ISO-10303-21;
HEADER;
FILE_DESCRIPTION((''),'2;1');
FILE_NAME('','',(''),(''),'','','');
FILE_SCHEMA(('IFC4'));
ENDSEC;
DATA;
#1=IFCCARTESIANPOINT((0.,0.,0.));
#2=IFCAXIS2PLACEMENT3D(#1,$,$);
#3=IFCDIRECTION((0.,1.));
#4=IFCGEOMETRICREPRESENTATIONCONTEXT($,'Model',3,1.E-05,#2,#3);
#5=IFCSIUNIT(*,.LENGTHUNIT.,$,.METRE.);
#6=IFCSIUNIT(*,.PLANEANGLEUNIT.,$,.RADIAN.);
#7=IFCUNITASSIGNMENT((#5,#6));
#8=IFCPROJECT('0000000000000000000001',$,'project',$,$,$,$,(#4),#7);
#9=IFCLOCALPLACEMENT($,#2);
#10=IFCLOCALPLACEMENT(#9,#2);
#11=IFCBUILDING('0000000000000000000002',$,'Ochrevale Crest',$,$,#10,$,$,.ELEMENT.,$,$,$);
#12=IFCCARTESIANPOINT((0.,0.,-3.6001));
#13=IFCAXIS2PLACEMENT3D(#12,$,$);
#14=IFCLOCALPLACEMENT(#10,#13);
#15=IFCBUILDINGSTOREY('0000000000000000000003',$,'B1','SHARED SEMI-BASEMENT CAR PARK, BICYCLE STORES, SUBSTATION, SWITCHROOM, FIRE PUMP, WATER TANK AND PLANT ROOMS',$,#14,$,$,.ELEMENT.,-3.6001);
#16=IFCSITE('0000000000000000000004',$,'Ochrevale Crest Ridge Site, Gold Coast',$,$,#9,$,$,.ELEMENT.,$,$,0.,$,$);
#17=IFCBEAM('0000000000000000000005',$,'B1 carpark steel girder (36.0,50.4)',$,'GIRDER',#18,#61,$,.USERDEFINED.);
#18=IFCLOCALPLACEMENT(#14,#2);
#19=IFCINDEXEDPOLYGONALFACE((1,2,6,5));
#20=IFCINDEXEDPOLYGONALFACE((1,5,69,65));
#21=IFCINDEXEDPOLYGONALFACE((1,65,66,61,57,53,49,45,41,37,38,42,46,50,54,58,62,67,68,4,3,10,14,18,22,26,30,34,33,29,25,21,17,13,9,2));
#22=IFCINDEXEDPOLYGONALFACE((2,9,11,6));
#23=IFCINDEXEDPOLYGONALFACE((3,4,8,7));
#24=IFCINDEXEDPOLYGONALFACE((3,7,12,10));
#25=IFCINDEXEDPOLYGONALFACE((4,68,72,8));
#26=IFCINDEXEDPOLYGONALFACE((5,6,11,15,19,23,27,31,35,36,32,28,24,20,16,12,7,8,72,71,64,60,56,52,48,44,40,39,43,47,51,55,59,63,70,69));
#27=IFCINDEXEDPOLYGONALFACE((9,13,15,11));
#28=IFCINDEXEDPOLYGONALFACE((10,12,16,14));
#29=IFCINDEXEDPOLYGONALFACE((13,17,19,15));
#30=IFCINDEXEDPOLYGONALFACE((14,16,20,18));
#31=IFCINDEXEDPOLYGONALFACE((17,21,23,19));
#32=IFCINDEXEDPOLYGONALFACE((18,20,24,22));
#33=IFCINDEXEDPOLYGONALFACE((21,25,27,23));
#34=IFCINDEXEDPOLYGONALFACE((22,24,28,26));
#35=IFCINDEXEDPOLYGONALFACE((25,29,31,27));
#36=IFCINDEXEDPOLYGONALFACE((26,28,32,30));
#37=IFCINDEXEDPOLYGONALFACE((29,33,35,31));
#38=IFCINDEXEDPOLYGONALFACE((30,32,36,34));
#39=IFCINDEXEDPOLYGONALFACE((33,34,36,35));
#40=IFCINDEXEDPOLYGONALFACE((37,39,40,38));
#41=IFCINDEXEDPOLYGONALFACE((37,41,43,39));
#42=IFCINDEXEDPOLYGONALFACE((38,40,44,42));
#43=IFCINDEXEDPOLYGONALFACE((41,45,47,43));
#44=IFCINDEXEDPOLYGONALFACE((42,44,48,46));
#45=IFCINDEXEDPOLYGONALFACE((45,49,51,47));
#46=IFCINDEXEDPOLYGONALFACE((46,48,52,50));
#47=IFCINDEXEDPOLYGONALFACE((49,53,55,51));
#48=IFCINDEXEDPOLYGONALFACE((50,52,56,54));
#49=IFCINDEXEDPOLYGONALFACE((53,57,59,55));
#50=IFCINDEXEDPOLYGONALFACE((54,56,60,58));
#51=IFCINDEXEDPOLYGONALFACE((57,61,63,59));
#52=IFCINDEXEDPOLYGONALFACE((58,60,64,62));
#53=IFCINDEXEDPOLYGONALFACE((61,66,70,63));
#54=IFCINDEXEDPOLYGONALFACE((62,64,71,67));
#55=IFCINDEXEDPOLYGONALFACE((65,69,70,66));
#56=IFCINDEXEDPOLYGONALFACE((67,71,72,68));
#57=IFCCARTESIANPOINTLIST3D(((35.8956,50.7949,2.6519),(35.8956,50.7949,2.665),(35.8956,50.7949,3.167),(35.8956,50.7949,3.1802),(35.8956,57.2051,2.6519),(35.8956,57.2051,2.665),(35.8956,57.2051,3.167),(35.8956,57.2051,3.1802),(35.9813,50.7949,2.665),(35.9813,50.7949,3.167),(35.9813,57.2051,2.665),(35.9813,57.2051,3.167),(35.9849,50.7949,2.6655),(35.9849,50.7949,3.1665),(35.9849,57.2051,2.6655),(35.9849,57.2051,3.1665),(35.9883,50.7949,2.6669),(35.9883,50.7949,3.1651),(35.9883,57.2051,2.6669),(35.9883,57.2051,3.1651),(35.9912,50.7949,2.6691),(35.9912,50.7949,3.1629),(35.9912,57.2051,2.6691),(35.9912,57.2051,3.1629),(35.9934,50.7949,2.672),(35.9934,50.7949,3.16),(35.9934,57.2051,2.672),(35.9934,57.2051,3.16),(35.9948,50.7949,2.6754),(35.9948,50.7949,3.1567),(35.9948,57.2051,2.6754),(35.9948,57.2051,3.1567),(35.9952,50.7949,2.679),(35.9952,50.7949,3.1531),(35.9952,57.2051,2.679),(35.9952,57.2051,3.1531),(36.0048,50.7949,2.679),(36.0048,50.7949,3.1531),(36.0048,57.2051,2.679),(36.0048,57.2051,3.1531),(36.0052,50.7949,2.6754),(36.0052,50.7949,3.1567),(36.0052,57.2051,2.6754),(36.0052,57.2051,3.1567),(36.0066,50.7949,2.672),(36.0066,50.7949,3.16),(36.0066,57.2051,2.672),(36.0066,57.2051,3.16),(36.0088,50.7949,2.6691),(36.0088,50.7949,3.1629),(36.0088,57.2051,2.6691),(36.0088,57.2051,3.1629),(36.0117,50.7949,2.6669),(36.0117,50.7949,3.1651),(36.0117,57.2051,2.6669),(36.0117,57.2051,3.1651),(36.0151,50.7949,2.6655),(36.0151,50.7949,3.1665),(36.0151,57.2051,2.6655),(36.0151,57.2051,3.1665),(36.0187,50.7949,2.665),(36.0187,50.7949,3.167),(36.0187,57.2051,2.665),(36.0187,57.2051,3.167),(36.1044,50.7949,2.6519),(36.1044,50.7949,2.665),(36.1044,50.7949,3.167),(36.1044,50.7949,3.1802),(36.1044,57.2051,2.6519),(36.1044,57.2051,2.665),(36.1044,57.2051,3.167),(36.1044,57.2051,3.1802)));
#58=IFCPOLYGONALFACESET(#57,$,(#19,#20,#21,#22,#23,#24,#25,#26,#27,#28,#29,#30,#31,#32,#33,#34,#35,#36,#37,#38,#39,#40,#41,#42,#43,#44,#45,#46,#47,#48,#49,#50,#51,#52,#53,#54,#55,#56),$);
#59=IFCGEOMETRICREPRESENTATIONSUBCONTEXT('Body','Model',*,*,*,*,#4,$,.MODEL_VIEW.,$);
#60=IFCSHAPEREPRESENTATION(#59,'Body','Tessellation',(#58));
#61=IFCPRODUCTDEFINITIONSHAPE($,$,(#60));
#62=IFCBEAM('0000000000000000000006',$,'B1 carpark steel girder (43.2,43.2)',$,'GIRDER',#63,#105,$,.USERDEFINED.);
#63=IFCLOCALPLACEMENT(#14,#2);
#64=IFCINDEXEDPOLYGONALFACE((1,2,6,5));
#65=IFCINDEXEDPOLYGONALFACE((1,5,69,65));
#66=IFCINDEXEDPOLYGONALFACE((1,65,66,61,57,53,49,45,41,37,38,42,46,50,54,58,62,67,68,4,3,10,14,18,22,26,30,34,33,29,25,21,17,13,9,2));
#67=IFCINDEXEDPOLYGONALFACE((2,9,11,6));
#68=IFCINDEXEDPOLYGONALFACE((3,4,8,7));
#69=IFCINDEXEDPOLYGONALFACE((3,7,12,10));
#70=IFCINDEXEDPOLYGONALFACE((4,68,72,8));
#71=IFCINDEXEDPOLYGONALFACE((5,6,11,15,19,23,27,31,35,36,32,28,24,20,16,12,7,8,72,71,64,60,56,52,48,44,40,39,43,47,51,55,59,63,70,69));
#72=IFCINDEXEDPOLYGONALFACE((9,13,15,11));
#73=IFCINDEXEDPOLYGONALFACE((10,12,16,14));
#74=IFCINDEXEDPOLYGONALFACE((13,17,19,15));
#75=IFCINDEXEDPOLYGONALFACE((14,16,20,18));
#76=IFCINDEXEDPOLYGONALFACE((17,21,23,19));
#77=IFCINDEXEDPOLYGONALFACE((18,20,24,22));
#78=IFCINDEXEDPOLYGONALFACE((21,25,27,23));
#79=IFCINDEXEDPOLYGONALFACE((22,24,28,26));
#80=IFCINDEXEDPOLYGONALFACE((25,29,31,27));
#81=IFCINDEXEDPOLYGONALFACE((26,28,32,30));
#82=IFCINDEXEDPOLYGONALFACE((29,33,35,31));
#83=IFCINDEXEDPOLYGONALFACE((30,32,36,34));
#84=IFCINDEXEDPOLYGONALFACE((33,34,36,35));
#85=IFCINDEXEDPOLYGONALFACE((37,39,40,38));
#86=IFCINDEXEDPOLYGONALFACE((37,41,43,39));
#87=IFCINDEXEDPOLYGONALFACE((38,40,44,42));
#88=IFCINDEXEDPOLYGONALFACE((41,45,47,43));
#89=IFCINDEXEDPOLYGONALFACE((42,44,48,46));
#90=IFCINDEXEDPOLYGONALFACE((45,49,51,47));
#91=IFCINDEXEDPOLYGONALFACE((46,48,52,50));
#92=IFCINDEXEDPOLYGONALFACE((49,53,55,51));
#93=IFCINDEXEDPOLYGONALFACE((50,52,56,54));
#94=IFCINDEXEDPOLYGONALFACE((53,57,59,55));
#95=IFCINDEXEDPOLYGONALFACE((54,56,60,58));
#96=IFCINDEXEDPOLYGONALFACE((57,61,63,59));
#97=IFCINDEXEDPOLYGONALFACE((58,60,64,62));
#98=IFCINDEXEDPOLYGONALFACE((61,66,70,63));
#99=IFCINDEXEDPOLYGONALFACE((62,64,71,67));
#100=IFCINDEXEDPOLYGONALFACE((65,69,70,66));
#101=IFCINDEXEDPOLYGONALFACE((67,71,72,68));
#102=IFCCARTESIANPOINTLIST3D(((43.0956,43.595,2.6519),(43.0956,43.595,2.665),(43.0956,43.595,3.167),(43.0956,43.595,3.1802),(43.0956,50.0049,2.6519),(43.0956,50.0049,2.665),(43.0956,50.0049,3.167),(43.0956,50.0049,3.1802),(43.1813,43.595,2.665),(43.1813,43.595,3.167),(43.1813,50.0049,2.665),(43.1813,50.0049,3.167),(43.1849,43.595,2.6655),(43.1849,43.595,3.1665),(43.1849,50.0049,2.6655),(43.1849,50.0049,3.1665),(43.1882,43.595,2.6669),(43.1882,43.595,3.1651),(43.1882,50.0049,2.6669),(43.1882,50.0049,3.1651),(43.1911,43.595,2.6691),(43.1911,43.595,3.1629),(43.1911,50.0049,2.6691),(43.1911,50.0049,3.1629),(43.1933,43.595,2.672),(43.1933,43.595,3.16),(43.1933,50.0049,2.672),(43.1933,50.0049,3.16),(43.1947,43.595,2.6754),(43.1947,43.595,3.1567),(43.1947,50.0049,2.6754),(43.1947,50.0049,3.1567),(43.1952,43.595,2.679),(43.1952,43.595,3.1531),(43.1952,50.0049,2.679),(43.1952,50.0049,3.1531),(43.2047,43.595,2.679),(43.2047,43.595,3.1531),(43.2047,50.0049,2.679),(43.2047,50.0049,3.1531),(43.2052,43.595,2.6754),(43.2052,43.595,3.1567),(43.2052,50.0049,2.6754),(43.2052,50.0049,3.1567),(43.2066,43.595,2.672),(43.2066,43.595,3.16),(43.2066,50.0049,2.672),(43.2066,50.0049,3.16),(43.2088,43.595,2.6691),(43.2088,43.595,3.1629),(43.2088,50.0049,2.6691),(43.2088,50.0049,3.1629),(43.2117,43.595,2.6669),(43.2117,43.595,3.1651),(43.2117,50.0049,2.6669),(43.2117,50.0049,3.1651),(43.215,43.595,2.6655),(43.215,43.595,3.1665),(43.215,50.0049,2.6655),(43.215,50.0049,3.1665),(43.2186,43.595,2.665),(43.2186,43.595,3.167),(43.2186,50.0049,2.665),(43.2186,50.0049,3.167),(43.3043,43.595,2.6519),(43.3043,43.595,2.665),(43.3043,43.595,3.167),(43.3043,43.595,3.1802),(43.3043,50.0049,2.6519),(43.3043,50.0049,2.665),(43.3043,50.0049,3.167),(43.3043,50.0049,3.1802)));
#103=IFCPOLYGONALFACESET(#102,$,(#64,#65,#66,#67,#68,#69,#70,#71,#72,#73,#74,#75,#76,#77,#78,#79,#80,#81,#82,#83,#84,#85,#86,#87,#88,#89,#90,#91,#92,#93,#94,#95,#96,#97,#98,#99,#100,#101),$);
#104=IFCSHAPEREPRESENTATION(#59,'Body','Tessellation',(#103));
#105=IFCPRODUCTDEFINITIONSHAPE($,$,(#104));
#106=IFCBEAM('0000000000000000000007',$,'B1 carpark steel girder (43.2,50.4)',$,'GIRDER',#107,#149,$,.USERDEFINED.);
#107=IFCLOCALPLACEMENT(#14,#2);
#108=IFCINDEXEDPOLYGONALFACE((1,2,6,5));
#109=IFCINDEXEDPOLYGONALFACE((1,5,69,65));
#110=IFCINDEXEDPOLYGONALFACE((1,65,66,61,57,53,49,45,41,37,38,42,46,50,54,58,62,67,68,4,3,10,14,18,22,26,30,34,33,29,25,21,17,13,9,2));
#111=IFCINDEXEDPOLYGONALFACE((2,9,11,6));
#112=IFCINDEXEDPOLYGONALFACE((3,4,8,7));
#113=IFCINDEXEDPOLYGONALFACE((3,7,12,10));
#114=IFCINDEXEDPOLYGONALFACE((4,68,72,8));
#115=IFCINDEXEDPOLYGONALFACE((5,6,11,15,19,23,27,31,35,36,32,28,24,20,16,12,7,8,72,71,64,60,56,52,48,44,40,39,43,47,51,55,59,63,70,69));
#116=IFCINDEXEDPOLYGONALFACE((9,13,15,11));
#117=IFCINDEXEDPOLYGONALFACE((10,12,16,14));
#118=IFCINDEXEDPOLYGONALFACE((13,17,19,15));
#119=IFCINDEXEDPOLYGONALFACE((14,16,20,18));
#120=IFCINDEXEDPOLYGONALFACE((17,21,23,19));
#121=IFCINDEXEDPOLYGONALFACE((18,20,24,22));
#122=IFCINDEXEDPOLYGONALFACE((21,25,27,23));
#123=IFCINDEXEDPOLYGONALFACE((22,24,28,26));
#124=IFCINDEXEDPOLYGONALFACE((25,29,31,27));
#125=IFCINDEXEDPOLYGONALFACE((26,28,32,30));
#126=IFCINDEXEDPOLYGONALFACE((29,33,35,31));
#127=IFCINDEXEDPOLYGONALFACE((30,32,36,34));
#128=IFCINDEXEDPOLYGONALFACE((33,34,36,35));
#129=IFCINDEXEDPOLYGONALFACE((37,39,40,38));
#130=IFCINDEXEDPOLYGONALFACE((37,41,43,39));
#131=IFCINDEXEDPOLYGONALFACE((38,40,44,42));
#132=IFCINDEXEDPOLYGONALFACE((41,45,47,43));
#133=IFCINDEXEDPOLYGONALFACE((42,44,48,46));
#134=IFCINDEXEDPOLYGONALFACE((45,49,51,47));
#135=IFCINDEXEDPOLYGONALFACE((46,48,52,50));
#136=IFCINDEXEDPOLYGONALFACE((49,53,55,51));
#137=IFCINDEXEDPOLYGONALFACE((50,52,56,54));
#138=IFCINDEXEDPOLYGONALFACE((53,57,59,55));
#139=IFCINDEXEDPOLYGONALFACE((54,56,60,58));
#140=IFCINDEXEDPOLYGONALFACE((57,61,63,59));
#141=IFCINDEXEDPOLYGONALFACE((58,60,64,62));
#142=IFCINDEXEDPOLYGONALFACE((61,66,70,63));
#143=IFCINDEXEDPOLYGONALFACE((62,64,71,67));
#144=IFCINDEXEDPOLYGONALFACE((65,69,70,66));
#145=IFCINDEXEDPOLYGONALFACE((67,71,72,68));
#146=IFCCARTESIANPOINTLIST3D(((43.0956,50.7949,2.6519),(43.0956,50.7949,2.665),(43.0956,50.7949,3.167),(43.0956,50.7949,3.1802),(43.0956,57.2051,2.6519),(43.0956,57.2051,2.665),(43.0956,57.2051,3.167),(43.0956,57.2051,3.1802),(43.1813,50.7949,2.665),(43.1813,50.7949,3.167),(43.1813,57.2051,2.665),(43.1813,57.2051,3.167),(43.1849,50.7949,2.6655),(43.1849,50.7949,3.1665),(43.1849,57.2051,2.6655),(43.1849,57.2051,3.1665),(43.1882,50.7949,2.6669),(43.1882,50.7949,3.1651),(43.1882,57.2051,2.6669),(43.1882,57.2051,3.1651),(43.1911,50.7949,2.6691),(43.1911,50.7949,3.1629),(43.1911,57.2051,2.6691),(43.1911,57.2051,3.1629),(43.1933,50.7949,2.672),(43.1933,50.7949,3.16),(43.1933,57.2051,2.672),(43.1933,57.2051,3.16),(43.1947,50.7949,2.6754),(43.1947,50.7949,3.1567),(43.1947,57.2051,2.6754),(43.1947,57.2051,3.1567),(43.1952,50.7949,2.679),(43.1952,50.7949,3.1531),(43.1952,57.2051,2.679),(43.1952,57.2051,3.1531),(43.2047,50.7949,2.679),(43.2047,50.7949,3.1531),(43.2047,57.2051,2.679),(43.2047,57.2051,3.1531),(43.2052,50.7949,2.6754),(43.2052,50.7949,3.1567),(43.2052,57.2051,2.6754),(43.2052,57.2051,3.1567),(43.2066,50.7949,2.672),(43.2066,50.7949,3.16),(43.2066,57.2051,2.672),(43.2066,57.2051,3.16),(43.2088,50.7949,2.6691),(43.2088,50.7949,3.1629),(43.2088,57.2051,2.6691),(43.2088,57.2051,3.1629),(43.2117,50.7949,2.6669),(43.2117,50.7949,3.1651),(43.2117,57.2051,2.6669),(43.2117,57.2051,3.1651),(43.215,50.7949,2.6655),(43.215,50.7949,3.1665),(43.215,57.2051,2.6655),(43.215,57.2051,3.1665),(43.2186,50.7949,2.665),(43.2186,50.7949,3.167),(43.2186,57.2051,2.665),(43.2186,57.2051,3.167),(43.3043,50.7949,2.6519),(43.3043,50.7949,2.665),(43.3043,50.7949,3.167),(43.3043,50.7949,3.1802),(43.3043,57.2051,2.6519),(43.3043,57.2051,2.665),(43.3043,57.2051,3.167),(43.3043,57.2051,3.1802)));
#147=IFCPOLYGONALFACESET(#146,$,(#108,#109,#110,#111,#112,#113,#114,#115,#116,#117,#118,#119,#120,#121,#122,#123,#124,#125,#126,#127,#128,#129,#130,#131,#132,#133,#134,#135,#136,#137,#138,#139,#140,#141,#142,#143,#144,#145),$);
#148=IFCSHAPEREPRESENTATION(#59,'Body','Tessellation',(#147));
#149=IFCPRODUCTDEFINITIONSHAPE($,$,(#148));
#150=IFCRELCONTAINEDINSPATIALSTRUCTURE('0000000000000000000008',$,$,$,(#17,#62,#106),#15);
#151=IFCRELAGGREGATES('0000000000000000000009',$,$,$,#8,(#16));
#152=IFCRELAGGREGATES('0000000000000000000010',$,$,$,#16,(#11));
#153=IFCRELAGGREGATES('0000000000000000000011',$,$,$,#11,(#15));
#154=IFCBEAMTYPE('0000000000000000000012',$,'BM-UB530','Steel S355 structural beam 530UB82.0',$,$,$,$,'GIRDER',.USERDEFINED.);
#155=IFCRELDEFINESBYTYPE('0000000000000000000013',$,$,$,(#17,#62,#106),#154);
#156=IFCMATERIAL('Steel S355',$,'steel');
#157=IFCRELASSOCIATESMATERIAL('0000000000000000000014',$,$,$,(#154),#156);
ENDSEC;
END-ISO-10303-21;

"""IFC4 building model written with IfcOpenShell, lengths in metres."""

from ifc_helpers import new_model, si_unit, direction, frame, origin, origin_2d, place, context, subcontext, project, spatial, i_section, extrude, material, material_profile, profile_set, type_object, element, save


model = new_model("IFC4")

# Units and contexts
model_context = context("Model", 3, precision=1e-05, world=origin(), true_north=direction((0.0, 1.0)))
body_context = subcontext(model_context, "Body", "Model", "MODEL_VIEW")
ifc_project = project(units=[si_unit("LENGTHUNIT", "METRE"), si_unit("PLANEANGLEUNIT", "RADIAN")], contexts=[model_context])

# Site, building, storey
site_placement = place(None, origin())
site = spatial("IfcSite", under=ifc_project, at=site_placement, Name="Ochrevale Crest Ridge Site, Gold Coast", CompositionType="ELEMENT", RefElevation=0.0)
building_placement = place(site_placement, origin())
building = spatial("IfcBuilding", under=site, at=building_placement, Name="Ochrevale Crest", CompositionType="ELEMENT")
storey_placement = place(building_placement, frame((0.0, 0.0, -3.6001)))
storey = spatial("IfcBuildingStorey", under=building, at=storey_placement, Name="B1", Description="SHARED SEMI-BASEMENT CAR PARK, BICYCLE STORES, SUBSTATION, SWITCHROOM, FIRE PUMP, WATER TANK AND PLANT ROOMS", CompositionType="ELEMENT", Elevation=-3.6001)

# Beams
ifc_material_1 = material(Name="Steel S355", Category="steel")
ifc_material_profile_1 = material_profile(ifc_material_1, i_section(OverallWidth=0.2087, OverallDepth=0.5283, WebThickness=0.0095, FlangeThickness=0.0132, FilletRadius=0.0139, at=origin_2d()), Name="530UB82.0")
ifc_profile_set_1 = profile_set([ifc_material_profile_1], Name="Steel S355")
beam_type_1 = type_object("IfcBeamType", Name="BM-UB530", Description="Steel S355 structural beam 530UB82.0", ElementType="GIRDER", PredefinedType="USERDEFINED", material=ifc_profile_set_1)
beam_1_placement = place(storey_placement, frame((36.0, 50.7949, 2.916), z_axis=(0.0, 1.0, 0.0), x_axis=(-1.0, 0.0, 0.0)))
element("IfcBeam", 1, at=beam_1_placement, inside=storey, type_object=beam_type_1, Name="B1 carpark steel girder (36.0,50.4)", ObjectType="GIRDER", PredefinedType="USERDEFINED", context=body_context, shape_type="SweptSolid", body=[
    extrude(i_section(OverallWidth=0.2087, OverallDepth=0.5283, WebThickness=0.0095, FlangeThickness=0.0132, FilletRadius=0.0139, at=origin_2d()), origin(), (0.0, 0.0, 1.0), 6.4102),
])
beam_2_placement = place(storey_placement, frame((43.2, 43.595, 2.916), z_axis=(0.0, 1.0, 0.0), x_axis=(-1.0, 0.0, 0.0)))
element("IfcBeam", 2, at=beam_2_placement, inside=storey, type_object=beam_type_1, Name="B1 carpark steel girder (43.2,43.2)", ObjectType="GIRDER", PredefinedType="USERDEFINED", context=body_context, shape_type="SweptSolid", body=[
    extrude(i_section(OverallWidth=0.2087, OverallDepth=0.5283, WebThickness=0.0095, FlangeThickness=0.0132, FilletRadius=0.0139, at=origin_2d()), origin(), (0.0, 0.0, 1.0), 6.4099),
])
beam_3_placement = place(storey_placement, frame((43.2, 50.7949, 2.916), z_axis=(0.0, 1.0, 0.0), x_axis=(-1.0, 0.0, 0.0)))
element("IfcBeam", 3, at=beam_3_placement, inside=storey, type_object=beam_type_1, Name="B1 carpark steel girder (43.2,50.4)", ObjectType="GIRDER", PredefinedType="USERDEFINED", context=body_context, shape_type="SweptSolid", body=[
    extrude(i_section(OverallWidth=0.2087, OverallDepth=0.5283, WebThickness=0.0095, FlangeThickness=0.0132, FilletRadius=0.0139, at=origin_2d()), origin(), (0.0, 0.0, 1.0), 6.4102),
])

save(model, "model.ifc")
